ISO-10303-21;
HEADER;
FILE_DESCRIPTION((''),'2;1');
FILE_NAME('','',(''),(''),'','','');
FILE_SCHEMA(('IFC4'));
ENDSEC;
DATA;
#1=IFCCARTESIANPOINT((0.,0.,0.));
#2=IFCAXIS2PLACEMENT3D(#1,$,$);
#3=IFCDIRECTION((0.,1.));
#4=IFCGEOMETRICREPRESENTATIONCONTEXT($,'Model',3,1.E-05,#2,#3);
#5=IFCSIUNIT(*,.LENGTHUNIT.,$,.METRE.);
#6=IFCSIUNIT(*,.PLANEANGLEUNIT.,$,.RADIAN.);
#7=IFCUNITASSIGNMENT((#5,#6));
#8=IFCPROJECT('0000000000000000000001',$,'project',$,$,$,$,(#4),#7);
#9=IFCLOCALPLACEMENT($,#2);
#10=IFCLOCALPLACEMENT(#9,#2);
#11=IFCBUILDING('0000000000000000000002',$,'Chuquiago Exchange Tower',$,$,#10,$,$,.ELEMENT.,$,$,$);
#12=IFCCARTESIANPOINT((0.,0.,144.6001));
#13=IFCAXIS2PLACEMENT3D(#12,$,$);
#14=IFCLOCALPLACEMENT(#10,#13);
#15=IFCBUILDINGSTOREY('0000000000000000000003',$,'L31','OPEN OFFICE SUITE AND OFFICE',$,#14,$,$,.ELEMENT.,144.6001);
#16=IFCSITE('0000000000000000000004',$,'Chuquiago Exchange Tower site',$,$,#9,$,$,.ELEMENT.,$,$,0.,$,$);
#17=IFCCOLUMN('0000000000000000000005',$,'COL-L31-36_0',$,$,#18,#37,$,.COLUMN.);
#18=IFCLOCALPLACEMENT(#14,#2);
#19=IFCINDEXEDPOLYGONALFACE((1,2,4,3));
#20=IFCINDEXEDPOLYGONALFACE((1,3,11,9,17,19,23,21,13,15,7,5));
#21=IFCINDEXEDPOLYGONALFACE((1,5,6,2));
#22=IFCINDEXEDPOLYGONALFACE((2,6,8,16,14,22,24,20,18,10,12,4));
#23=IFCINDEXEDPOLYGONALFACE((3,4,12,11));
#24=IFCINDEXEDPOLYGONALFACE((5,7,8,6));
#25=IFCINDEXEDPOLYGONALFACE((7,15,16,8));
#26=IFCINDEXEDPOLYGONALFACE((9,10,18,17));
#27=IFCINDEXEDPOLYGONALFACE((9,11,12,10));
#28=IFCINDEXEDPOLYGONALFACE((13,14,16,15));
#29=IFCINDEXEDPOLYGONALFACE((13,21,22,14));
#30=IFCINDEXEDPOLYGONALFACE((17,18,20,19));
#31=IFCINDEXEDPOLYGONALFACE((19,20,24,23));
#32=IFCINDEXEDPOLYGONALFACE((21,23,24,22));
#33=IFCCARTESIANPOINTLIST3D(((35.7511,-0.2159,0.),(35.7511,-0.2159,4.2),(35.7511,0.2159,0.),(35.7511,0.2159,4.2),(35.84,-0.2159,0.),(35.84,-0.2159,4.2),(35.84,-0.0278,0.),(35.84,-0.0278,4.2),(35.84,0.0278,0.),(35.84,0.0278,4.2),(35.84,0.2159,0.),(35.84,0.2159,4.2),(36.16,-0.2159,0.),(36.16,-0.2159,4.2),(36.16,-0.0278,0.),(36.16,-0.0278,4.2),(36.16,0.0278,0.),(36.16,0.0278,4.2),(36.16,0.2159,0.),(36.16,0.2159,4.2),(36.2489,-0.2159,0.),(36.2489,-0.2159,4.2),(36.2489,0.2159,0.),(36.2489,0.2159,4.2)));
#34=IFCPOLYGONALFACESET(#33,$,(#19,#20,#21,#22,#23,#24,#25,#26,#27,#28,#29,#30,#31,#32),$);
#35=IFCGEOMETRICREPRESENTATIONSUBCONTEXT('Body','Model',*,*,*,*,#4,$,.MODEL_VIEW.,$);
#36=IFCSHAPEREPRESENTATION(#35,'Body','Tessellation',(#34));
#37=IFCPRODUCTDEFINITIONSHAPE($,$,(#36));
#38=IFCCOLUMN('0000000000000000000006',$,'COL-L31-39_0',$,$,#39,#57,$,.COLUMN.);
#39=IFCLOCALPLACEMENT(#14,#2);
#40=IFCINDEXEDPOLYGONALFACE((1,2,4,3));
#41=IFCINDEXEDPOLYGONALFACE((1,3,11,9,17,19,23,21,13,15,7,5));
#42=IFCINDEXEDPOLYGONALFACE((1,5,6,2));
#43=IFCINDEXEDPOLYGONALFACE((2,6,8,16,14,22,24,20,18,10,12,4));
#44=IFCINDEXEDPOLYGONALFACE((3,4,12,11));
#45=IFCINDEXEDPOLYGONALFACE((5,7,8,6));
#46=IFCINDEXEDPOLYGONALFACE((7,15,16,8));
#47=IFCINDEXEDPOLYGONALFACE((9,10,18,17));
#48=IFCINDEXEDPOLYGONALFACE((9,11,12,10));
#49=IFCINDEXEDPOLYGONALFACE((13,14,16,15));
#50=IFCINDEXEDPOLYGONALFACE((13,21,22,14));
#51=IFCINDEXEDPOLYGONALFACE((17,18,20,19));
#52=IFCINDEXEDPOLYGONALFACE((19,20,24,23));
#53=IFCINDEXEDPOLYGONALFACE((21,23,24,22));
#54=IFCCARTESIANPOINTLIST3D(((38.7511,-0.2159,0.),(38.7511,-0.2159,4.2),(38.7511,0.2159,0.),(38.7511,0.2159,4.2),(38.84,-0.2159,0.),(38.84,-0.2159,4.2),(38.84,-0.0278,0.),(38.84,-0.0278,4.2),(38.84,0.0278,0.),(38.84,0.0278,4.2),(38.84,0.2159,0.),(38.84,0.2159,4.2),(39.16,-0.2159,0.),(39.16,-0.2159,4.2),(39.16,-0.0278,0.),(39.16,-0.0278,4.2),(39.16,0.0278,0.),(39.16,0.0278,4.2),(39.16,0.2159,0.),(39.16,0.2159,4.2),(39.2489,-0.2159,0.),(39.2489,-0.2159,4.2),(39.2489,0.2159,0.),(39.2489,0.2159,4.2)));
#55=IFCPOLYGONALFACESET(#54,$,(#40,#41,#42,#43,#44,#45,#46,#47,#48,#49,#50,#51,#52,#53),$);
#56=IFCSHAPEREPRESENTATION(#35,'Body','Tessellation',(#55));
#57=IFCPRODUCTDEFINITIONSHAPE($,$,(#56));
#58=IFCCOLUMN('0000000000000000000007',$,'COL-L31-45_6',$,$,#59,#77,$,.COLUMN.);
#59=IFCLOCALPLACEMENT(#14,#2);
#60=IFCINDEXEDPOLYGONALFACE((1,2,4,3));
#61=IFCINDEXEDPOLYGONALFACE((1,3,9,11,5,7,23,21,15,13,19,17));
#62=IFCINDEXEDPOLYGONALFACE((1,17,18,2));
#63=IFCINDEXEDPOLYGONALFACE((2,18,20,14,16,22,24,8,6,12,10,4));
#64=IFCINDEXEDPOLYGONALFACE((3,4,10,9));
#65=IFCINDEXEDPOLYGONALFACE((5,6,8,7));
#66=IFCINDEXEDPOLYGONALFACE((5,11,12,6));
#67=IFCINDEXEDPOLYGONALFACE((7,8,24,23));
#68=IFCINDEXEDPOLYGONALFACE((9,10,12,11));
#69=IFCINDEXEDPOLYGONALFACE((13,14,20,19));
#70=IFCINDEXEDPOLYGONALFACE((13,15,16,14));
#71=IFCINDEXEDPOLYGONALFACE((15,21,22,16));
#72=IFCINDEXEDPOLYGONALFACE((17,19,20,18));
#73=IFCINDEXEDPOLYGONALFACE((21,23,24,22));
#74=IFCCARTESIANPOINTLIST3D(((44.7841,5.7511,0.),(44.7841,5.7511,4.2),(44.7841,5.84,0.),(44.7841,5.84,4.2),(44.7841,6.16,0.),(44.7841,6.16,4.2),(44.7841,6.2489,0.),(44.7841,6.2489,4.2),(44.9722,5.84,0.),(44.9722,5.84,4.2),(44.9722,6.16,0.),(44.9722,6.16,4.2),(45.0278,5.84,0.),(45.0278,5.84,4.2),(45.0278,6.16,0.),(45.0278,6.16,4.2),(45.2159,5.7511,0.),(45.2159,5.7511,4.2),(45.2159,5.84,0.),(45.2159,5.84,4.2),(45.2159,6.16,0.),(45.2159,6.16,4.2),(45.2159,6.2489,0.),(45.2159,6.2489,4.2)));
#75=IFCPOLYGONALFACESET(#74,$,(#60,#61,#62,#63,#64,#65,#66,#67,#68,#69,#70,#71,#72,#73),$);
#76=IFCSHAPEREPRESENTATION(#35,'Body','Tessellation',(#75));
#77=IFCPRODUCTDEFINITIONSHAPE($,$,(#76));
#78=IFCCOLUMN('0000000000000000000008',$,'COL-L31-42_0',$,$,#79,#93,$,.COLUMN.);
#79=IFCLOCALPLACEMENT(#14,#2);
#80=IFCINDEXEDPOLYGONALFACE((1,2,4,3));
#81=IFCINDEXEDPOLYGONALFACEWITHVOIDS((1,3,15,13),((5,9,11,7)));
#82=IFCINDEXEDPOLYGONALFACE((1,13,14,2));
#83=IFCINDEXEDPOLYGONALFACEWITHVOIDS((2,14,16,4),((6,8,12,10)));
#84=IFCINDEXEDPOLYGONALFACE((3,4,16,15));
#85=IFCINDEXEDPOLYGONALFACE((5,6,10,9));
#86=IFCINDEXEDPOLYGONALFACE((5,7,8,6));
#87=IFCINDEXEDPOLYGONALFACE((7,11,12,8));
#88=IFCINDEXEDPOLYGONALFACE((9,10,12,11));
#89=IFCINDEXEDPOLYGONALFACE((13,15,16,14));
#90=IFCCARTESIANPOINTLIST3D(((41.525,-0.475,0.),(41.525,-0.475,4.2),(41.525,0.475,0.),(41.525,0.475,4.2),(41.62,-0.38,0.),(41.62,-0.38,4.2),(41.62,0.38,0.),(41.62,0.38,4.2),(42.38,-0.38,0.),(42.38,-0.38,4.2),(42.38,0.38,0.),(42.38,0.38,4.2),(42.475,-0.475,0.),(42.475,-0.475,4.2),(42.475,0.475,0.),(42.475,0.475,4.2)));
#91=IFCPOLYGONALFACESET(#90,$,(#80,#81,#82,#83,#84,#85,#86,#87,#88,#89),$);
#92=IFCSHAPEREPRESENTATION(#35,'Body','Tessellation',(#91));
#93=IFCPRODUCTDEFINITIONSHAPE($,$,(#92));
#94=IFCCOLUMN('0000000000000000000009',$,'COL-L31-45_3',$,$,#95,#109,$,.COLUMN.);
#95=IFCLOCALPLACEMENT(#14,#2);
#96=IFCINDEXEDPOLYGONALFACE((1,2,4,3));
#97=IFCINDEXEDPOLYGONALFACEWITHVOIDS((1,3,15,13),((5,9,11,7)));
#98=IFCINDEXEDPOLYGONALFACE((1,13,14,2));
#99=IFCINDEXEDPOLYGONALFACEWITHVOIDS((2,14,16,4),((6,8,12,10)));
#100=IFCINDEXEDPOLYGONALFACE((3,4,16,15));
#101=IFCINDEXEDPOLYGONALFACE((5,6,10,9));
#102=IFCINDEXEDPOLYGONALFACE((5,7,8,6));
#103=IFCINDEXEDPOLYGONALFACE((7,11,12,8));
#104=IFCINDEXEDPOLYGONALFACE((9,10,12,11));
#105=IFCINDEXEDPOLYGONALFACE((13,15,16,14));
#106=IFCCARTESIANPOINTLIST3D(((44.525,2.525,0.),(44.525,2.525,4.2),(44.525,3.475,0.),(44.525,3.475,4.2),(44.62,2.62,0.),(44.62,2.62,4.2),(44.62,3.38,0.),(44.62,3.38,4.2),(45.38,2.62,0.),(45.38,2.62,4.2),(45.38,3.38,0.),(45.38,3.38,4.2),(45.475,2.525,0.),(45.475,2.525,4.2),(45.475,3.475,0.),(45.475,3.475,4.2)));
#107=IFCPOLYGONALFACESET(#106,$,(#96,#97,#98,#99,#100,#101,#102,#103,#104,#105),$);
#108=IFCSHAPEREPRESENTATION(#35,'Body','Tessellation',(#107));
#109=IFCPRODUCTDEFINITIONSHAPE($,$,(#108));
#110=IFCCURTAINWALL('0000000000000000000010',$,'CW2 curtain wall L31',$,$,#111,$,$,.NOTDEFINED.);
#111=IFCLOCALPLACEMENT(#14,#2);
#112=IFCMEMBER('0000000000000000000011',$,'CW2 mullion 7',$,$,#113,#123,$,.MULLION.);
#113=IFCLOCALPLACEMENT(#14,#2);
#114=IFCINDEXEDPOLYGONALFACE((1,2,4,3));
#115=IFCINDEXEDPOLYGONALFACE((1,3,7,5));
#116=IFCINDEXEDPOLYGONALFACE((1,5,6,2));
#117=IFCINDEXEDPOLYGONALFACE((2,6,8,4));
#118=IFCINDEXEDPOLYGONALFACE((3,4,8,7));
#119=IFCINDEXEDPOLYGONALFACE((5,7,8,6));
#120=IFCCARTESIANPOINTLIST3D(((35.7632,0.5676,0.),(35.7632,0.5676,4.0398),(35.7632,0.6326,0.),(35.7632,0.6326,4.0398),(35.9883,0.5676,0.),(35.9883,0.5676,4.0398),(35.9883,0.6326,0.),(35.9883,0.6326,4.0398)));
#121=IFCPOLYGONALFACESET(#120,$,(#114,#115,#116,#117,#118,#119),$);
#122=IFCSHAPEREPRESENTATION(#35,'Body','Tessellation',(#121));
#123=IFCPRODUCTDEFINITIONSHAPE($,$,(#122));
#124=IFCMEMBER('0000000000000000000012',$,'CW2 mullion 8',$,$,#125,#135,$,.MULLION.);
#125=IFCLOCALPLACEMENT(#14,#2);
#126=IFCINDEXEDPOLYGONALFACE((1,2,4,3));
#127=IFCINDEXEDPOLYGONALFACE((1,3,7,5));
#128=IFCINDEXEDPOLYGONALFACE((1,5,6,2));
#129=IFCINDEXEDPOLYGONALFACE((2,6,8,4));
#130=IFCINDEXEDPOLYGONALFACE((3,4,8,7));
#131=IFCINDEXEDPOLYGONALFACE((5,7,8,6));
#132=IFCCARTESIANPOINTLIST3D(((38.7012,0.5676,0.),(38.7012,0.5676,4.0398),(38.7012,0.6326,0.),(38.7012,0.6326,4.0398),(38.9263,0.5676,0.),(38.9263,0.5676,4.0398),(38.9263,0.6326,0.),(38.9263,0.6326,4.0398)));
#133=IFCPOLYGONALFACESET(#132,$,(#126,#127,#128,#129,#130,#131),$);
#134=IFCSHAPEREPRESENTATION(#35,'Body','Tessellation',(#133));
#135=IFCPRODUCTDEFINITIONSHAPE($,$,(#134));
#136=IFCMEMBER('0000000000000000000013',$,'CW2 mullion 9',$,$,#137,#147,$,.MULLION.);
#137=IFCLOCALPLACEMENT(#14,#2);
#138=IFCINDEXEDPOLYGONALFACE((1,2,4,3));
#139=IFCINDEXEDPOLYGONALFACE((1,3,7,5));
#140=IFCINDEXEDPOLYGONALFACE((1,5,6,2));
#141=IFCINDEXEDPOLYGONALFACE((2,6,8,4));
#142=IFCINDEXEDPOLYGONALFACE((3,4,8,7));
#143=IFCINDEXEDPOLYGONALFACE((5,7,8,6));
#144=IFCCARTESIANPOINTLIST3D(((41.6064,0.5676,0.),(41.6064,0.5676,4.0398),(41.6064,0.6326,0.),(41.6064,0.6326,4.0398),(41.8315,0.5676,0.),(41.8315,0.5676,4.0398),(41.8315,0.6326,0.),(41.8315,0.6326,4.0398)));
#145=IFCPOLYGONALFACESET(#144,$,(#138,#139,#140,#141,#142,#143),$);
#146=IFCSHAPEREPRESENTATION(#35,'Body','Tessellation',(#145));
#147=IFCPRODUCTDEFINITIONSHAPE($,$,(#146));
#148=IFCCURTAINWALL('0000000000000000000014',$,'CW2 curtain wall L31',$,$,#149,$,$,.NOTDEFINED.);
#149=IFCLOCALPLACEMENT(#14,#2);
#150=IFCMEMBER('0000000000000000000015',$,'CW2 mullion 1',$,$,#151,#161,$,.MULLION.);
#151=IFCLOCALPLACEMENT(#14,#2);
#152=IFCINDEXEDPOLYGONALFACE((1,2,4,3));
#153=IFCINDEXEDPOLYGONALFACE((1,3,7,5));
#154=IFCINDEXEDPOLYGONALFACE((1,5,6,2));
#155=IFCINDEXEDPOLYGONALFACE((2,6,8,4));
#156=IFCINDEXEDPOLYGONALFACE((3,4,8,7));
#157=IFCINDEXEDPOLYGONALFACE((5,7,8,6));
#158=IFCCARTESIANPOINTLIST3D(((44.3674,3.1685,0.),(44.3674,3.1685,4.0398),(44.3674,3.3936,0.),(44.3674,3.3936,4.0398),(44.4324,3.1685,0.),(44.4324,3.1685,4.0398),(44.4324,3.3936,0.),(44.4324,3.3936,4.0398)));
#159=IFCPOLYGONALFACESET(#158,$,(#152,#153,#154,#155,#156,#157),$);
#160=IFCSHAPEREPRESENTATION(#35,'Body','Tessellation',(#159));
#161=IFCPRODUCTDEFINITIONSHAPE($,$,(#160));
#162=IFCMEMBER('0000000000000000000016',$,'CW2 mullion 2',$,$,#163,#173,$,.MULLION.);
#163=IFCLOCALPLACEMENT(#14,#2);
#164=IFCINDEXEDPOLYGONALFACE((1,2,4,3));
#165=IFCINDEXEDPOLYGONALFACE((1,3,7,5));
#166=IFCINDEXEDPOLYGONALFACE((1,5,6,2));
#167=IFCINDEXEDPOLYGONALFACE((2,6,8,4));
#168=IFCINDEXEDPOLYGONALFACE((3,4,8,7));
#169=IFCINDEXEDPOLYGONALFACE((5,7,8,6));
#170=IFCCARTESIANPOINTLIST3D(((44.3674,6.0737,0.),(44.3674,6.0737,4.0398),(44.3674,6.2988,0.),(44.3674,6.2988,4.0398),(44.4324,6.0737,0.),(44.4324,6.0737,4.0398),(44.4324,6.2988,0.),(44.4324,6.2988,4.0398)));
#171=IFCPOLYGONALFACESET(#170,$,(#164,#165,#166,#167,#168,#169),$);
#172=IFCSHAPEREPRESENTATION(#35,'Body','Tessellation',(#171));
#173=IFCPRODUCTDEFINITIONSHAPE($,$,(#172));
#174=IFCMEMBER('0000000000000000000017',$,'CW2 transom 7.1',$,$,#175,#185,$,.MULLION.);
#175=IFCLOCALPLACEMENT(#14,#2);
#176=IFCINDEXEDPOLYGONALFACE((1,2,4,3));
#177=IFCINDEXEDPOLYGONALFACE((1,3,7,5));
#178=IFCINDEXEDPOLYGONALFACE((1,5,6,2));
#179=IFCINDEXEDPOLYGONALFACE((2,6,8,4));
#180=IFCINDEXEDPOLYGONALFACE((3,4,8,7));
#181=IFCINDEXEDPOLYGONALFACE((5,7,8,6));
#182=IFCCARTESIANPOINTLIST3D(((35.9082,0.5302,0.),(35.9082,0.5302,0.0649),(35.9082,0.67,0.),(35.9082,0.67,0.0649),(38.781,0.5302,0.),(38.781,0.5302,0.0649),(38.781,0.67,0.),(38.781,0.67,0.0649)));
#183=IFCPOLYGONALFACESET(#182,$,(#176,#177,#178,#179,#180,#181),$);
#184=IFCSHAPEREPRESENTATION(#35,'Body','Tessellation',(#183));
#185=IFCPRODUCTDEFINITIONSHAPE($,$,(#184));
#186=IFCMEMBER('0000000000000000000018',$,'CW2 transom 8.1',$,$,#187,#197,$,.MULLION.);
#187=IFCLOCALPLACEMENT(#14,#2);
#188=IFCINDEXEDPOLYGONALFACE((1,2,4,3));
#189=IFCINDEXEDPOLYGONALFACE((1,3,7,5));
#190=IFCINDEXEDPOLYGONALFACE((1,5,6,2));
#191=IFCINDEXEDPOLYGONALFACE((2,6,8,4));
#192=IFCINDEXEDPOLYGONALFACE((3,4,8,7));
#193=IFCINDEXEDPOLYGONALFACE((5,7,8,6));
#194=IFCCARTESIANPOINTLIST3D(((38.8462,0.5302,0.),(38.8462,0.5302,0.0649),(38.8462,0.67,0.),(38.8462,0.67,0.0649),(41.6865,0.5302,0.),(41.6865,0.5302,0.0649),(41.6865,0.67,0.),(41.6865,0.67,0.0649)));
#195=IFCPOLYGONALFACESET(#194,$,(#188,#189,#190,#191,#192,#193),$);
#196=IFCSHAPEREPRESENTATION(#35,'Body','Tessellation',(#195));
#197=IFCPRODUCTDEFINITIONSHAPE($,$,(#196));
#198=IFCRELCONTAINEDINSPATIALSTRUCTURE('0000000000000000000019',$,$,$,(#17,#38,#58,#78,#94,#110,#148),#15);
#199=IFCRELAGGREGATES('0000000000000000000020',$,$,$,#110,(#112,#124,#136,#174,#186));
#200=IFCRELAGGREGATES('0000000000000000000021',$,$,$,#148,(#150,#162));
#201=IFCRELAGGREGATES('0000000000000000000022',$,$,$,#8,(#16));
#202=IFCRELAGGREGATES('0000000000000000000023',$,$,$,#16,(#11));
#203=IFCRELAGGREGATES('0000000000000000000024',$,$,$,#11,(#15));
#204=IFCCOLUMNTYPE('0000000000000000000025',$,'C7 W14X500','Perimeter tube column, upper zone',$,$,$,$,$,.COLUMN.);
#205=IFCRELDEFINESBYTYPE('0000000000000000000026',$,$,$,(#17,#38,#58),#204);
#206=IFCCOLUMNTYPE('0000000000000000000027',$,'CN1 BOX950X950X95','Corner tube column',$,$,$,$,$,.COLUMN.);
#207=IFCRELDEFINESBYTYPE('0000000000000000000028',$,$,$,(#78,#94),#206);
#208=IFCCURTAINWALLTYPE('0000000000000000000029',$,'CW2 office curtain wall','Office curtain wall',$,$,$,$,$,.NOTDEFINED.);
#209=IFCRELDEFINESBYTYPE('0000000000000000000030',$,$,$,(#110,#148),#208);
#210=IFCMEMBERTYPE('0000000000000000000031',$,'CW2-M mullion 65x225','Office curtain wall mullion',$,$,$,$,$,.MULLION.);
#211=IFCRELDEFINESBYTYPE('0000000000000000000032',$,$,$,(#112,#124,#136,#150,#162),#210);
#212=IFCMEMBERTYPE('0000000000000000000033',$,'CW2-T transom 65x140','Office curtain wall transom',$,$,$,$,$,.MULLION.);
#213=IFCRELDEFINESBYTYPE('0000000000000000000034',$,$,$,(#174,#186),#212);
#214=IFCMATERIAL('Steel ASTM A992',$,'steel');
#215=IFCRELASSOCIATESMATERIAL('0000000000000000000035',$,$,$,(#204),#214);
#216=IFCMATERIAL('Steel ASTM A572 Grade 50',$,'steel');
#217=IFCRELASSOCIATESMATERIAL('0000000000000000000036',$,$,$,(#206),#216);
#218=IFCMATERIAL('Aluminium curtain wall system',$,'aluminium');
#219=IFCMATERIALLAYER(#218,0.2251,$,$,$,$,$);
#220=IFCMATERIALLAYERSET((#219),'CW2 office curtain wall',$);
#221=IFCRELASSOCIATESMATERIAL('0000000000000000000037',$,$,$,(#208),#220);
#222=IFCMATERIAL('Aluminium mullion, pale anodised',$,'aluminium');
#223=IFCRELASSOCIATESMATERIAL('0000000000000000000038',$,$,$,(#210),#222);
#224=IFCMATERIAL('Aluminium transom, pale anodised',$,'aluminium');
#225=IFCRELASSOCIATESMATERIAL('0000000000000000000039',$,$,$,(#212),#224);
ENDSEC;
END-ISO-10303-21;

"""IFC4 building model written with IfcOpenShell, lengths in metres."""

from ifc_helpers import new_model, si_unit, direction, frame, origin, origin_2d, place, context, subcontext, project, spatial, rectangle, hollow_rectangle, i_section, extrude, material, layer, layer_set, material_profile, profile_set, type_object, element, aggregate, save


model = new_model("IFC4")

# Units and contexts
model_context = context("Model", 3, precision=1e-05, world=origin(), true_north=direction((0.0, 1.0)))
body_context = subcontext(model_context, "Body", "Model", "MODEL_VIEW")
ifc_project = project(units=[si_unit("LENGTHUNIT", "METRE"), si_unit("PLANEANGLEUNIT", "RADIAN")], contexts=[model_context])

# Site, building, storey
site_placement = place(None, origin())
site = spatial("IfcSite", under=ifc_project, at=site_placement, Name="Chuquiago Exchange Tower site", CompositionType="ELEMENT", RefElevation=0.0)
building_placement = place(site_placement, origin())
building = spatial("IfcBuilding", under=site, at=building_placement, Name="Chuquiago Exchange Tower", CompositionType="ELEMENT")
storey_placement = place(building_placement, frame((0.0, 0.0, 144.6001)))
storey = spatial("IfcBuildingStorey", under=building, at=storey_placement, Name="L31", Description="OPEN OFFICE SUITE AND OFFICE", CompositionType="ELEMENT", Elevation=144.6001)

# Columns
ifc_material_1 = material(Name="Steel ASTM A992", Category="steel")
ifc_material_profile_1 = material_profile(ifc_material_1, i_section(OverallWidth=0.4319, OverallDepth=0.4978, WebThickness=0.0557, FlangeThickness=0.0889, at=origin_2d()), Name="W14X500")
ifc_profile_set_1 = profile_set([ifc_material_profile_1], Name="Steel ASTM A992")
column_type_1 = type_object("IfcColumnType", Name="C7 W14X500", Description="Perimeter tube column, upper zone", PredefinedType="COLUMN", material=ifc_profile_set_1)
for number, where, z_axis, x_axis, name in (
    (1, (36.0, 0.0, 0.0), (0.0, 0.0, 1.0), (0.0, -1.0, 0.0), "COL-L31-36_0"),
    (2, (39.0, 0.0, 0.0), (0.0, 0.0, 1.0), (0.0, -1.0, 0.0), "COL-L31-39_0"),
    (3, (45.0, 6.0, 0.0), (0.0, 0.0, 1.0), (1.0, 0.0, 0.0), "COL-L31-45_6"),
):
    element("IfcColumn", number, at=place(storey_placement, frame(where, z_axis=z_axis, x_axis=x_axis)), inside=storey, type_object=column_type_1, Name=name, PredefinedType="COLUMN", context=body_context, shape_type="SweptSolid", body=[
        extrude(i_section(OverallWidth=0.4319, OverallDepth=0.4978, WebThickness=0.0557, FlangeThickness=0.0889, at=origin_2d()), origin(), (0.0, 0.0, 1.0), 4.2),
    ])
ifc_material_2 = material(Name="Steel ASTM A572 Grade 50", Category="steel")
ifc_material_profile_2 = material_profile(ifc_material_2, hollow_rectangle(XDim=0.95, YDim=0.95, WallThickness=0.095, at=origin_2d()), Name="BOX950X950X95")
ifc_profile_set_2 = profile_set([ifc_material_profile_2], Name="Steel ASTM A572 Grade 50")
column_type_2 = type_object("IfcColumnType", Name="CN1 BOX950X950X95", Description="Corner tube column", PredefinedType="COLUMN", material=ifc_profile_set_2)
for number, where, z_axis, x_axis, name in (
    (4, (42.0, 0.0, 0.0), (0.0, 0.0, 1.0), (0.0, -1.0, 0.0), "COL-L31-42_0"),
    (5, (45.0, 3.0, 0.0), (0.0, 0.0, 1.0), (1.0, 0.0, 0.0), "COL-L31-45_3"),
):
    element("IfcColumn", number, at=place(storey_placement, frame(where, z_axis=z_axis, x_axis=x_axis)), inside=storey, type_object=column_type_2, Name=name, PredefinedType="COLUMN", context=body_context, shape_type="SweptSolid", body=[
        extrude(hollow_rectangle(XDim=0.95, YDim=0.95, WallThickness=0.095, at=origin_2d()), origin(), (0.0, 0.0, 1.0), 4.2),
    ])

# Curtain walls, members
ifc_material_3 = material(Name="Aluminium curtain wall system", Category="aluminium")
ifc_layer_1 = layer(ifc_material_3, 0.2251)
ifc_layer_set_1 = layer_set([ifc_layer_1], Name="CW2 office curtain wall")
curtain_wall_type_1 = type_object("IfcCurtainWallType", Name="CW2 office curtain wall", Description="Office curtain wall", PredefinedType="NOTDEFINED", material=ifc_layer_set_1)
curtain_wall_1_placement = place(storey_placement, origin())
curtain_wall_1 = element("IfcCurtainWall", 6, at=curtain_wall_1_placement, inside=storey, type_object=curtain_wall_type_1, Name="CW2 curtain wall L31", PredefinedType="NOTDEFINED")
ifc_material_4 = material(Name="Aluminium mullion, pale anodised", Category="aluminium")
ifc_material_profile_3 = material_profile(ifc_material_4, rectangle(XDim=0.0649, YDim=0.2251, at=origin_2d()), Name="AL 65x225")
ifc_profile_set_3 = profile_set([ifc_material_profile_3], Name="Aluminium mullion, pale anodised")
member_type_1 = type_object("IfcMemberType", Name="CW2-M mullion 65x225", Description="Office curtain wall mullion", PredefinedType="MULLION", material=ifc_profile_set_3)
member_1_placement = place(storey_placement, frame((35.8757, 0.6001, 0.0), z_axis=(0.0, 0.0, 1.0), x_axis=(0.0, 1.0, 0.0)))
member_1 = element("IfcMember", 7, at=member_1_placement, type_object=member_type_1, Name="CW2 mullion 7", PredefinedType="MULLION", context=body_context, shape_type="SweptSolid", body=[
    extrude(rectangle(XDim=0.0649, YDim=0.2251, at=origin_2d()), origin(), (0.0, 0.0, 1.0), 4.0398),
])
member_2_placement = place(storey_placement, frame((38.8137, 0.6001, 0.0), z_axis=(0.0, 0.0, 1.0), x_axis=(0.0, 1.0, 0.0)))
member_2 = element("IfcMember", 8, at=member_2_placement, type_object=member_type_1, Name="CW2 mullion 8", PredefinedType="MULLION", context=body_context, shape_type="SweptSolid", body=[
    extrude(rectangle(XDim=0.0649, YDim=0.2251, at=origin_2d()), origin(), (0.0, 0.0, 1.0), 4.0398),
])
member_3_placement = place(storey_placement, frame((41.719, 0.6001, 0.0), z_axis=(0.0, 0.0, 1.0), x_axis=(0.0, 1.0, 0.0)))
member_3 = element("IfcMember", 9, at=member_3_placement, type_object=member_type_1, Name="CW2 mullion 9", PredefinedType="MULLION", context=body_context, shape_type="SweptSolid", body=[
    extrude(rectangle(XDim=0.0649, YDim=0.2251, at=origin_2d()), origin(), (0.0, 0.0, 1.0), 4.0398),
])
curtain_wall_2_placement = place(storey_placement, origin())
curtain_wall_2 = element("IfcCurtainWall", 10, at=curtain_wall_2_placement, inside=storey, type_object=curtain_wall_type_1, Name="CW2 curtain wall L31", PredefinedType="NOTDEFINED")
member_4_placement = place(storey_placement, frame((44.3999, 3.281, 0.0), z_axis=(0.0, 0.0, 1.0), x_axis=(-1.0, 0.0, 0.0)))
member_4 = element("IfcMember", 11, at=member_4_placement, type_object=member_type_1, Name="CW2 mullion 1", PredefinedType="MULLION", context=body_context, shape_type="SweptSolid", body=[
    extrude(rectangle(XDim=0.0649, YDim=0.2251, at=origin_2d()), origin(), (0.0, 0.0, 1.0), 4.0398),
])
member_5_placement = place(storey_placement, frame((44.3999, 6.1863, 0.0), z_axis=(0.0, 0.0, 1.0), x_axis=(-1.0, 0.0, 0.0)))
member_5 = element("IfcMember", 12, at=member_5_placement, type_object=member_type_1, Name="CW2 mullion 2", PredefinedType="MULLION", context=body_context, shape_type="SweptSolid", body=[
    extrude(rectangle(XDim=0.0649, YDim=0.2251, at=origin_2d()), origin(), (0.0, 0.0, 1.0), 4.0398),
])

# Members
ifc_material_5 = material(Name="Aluminium transom, pale anodised", Category="aluminium")
ifc_material_profile_4 = material_profile(ifc_material_5, rectangle(XDim=0.1399, YDim=0.0649, at=origin_2d()), Name="AL 140x65")
ifc_profile_set_4 = profile_set([ifc_material_profile_4], Name="Aluminium transom, pale anodised")
member_type_2 = type_object("IfcMemberType", Name="CW2-T transom 65x140", Description="Office curtain wall transom", PredefinedType="MULLION", material=ifc_profile_set_4)
member_6_placement = place(storey_placement, frame((35.9082, 0.6001, 0.0325), z_axis=(1.0, 0.0, 0.0), x_axis=(0.0, 1.0, 0.0)))
member_6 = element("IfcMember", 13, at=member_6_placement, type_object=member_type_2, Name="CW2 transom 7.1", PredefinedType="MULLION", context=body_context, shape_type="SweptSolid", body=[
    extrude(rectangle(XDim=0.1399, YDim=0.0649, at=origin_2d()), origin(), (0.0, 0.0, 1.0), 2.8728),
])
member_7_placement = place(storey_placement, frame((38.8462, 0.6001, 0.0325), z_axis=(1.0, 0.0, 0.0), x_axis=(0.0, 1.0, 0.0)))
member_7 = element("IfcMember", 14, at=member_7_placement, type_object=member_type_2, Name="CW2 transom 8.1", PredefinedType="MULLION", context=body_context, shape_type="SweptSolid", body=[
    extrude(rectangle(XDim=0.1399, YDim=0.0649, at=origin_2d()), origin(), (0.0, 0.0, 1.0), 2.8403),
])

aggregate(curtain_wall_1, [member_1, member_2, member_3, member_6, member_7])
aggregate(curtain_wall_2, [member_4, member_5])

save(model, "model.ifc")
